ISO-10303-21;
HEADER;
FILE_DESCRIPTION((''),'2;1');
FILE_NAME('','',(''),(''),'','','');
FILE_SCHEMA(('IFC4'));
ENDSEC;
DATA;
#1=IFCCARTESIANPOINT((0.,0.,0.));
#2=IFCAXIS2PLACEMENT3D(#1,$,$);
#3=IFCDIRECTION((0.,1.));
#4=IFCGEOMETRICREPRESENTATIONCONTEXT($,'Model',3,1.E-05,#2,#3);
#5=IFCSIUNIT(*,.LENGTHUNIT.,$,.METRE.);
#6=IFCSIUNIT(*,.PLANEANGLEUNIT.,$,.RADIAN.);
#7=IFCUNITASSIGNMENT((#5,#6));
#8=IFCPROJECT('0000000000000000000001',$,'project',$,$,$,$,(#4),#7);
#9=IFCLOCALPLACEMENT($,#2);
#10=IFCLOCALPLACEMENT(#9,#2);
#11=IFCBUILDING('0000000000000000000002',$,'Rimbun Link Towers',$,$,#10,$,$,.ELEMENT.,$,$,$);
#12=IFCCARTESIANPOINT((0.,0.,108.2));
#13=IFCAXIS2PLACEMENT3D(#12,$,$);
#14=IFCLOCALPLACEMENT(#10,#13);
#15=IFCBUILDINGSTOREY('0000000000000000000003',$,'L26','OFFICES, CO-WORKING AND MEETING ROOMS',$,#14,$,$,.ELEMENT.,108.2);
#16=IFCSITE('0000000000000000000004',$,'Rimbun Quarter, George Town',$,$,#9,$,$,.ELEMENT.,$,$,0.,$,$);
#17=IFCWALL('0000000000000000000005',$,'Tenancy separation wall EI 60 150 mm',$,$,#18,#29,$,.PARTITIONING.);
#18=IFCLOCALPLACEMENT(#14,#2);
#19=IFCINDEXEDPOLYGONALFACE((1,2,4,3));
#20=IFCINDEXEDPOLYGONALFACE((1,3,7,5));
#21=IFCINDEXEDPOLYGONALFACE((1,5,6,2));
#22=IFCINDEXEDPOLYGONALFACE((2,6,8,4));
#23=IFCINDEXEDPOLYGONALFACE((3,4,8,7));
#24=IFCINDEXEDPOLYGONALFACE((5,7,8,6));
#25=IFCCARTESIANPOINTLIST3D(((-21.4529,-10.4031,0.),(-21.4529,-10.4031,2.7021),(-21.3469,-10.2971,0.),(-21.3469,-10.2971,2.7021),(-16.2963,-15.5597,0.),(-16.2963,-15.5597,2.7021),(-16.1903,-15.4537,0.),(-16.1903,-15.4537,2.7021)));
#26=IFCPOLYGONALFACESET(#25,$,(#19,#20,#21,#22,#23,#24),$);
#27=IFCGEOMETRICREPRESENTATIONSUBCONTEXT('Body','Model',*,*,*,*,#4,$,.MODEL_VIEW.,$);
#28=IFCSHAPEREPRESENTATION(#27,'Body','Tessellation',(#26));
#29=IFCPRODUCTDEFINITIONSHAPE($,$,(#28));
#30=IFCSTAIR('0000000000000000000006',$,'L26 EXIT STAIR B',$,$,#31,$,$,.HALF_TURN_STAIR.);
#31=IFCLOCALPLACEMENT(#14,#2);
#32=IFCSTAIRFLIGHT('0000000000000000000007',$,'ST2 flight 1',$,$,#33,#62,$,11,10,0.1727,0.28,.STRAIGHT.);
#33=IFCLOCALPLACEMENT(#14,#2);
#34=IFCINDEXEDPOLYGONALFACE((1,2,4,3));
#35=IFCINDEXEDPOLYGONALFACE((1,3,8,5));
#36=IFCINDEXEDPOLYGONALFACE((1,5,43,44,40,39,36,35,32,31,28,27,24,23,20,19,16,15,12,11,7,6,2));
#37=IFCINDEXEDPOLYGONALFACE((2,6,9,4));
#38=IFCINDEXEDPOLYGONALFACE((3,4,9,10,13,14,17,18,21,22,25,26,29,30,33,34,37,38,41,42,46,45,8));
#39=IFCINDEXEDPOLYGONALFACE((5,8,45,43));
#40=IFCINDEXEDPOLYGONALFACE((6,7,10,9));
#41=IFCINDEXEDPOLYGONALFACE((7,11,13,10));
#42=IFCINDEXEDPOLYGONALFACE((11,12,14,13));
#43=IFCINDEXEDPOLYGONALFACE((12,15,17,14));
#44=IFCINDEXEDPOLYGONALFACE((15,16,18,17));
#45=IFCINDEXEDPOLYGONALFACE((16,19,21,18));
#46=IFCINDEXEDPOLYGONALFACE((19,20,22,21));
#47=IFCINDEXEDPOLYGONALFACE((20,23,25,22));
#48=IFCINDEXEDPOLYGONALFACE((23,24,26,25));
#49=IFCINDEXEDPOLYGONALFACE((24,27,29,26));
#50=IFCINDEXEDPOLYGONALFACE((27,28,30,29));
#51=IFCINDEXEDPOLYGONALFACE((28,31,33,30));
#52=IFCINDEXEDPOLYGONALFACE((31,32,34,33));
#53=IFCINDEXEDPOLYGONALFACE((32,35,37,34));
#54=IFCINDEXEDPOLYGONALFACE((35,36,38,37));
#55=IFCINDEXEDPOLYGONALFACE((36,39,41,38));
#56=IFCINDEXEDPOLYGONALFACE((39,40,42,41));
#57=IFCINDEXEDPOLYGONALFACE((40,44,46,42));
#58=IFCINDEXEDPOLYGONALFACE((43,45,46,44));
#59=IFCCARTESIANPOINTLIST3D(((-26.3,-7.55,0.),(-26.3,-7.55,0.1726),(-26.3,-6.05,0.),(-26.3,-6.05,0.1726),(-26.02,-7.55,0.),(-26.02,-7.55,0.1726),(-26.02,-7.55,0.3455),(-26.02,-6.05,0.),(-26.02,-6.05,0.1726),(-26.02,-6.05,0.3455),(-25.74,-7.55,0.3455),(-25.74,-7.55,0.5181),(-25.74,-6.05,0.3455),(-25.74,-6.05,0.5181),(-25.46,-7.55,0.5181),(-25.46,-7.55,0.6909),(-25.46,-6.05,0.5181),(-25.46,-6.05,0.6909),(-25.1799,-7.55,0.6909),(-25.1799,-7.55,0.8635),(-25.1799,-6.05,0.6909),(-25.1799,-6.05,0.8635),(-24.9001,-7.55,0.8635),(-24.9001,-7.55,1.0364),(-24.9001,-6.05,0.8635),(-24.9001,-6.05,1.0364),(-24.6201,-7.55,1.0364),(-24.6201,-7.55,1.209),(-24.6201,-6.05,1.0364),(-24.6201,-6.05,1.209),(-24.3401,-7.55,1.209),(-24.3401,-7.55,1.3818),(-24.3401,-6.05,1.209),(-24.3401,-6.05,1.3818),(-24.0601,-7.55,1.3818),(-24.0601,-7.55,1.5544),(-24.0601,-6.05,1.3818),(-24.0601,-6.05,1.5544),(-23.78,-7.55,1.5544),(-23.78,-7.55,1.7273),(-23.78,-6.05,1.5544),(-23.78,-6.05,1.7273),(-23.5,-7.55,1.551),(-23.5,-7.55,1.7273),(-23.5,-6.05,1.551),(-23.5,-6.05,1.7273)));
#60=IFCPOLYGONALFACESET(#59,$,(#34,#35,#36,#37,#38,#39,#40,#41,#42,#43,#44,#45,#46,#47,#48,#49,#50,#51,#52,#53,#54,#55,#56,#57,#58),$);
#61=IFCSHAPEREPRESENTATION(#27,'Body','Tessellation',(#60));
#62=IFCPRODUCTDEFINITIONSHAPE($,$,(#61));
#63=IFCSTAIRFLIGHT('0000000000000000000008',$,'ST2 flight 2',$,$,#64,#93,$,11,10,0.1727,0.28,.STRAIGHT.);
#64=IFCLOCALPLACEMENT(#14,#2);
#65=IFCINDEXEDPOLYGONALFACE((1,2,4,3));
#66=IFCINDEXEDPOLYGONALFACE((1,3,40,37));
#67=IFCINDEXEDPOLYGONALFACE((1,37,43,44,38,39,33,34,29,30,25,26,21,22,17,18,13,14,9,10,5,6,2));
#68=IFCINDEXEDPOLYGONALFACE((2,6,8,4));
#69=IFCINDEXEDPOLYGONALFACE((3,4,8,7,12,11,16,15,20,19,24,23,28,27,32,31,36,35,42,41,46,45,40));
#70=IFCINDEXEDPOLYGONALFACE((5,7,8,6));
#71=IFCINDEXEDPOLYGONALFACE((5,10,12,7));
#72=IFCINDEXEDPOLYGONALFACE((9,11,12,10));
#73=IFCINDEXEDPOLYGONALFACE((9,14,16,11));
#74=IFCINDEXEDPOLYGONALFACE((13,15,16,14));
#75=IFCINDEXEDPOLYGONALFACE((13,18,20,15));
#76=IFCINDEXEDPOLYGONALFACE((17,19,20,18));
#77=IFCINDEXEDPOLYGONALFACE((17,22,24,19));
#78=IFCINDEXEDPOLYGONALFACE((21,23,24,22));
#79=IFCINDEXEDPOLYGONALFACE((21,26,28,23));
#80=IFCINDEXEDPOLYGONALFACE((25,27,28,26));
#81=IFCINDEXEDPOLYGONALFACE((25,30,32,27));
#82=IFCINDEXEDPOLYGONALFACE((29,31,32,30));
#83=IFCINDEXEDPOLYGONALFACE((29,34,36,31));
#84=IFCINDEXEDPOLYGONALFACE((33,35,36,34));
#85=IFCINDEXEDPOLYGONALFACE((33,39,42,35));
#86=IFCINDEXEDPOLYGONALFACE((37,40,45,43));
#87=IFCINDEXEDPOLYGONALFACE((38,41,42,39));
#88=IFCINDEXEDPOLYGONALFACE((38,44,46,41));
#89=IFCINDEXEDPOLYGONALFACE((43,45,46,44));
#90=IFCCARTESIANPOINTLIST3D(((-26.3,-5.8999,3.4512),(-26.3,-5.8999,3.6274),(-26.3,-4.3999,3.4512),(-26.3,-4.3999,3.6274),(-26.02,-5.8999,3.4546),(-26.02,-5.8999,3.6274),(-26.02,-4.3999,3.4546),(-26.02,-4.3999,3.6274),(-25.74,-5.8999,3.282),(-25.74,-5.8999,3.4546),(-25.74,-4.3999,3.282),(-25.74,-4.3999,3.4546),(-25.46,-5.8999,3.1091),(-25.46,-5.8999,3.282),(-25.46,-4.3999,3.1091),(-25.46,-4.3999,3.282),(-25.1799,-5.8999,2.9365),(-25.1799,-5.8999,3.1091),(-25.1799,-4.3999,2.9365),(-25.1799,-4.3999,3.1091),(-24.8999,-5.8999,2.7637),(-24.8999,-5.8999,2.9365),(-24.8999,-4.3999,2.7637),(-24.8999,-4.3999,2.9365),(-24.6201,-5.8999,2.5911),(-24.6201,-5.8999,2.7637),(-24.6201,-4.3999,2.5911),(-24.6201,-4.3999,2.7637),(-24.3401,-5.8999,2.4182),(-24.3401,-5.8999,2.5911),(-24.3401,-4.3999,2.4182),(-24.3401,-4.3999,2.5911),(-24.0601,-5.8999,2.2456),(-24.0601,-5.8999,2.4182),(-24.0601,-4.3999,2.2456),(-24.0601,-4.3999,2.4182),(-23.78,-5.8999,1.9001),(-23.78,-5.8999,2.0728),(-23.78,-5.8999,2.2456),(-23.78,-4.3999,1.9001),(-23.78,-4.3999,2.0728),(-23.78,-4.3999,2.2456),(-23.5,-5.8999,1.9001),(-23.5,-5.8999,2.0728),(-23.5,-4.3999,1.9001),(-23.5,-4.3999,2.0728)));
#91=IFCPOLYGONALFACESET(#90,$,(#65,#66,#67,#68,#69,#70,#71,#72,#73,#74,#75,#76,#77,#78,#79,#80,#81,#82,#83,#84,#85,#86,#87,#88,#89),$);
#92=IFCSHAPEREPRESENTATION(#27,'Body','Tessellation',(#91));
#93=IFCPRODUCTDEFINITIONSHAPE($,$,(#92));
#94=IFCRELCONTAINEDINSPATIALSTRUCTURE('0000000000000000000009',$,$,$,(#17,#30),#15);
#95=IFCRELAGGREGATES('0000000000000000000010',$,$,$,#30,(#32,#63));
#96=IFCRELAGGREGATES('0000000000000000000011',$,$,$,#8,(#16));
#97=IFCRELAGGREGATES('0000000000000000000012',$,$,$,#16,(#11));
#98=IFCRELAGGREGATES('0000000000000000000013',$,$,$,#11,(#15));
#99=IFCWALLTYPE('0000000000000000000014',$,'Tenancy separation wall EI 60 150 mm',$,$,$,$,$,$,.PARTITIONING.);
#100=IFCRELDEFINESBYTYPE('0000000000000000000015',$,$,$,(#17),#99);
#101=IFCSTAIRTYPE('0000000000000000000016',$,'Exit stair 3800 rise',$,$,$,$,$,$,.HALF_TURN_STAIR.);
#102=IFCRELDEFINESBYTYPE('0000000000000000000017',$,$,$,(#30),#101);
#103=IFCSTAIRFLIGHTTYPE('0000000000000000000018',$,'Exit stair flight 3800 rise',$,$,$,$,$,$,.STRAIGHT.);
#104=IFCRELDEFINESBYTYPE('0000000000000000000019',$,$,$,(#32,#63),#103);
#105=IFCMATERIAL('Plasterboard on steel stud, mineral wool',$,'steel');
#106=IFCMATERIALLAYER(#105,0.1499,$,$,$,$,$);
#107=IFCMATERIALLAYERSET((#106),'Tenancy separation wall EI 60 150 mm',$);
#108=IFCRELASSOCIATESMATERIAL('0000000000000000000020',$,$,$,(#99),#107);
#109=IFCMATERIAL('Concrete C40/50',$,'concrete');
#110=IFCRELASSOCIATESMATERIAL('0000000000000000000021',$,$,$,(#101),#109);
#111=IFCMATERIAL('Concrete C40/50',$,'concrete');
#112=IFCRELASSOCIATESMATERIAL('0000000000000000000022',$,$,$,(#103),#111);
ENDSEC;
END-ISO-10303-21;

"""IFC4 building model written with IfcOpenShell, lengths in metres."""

from ifc_helpers import new_model, si_unit, direction, frame, frame_2d, origin, place, context, subcontext, project, spatial, polyline, rectangle, outline, extrude, material, layer, layer_set, type_object, element, aggregate, save


model = new_model("IFC4")

# Units and contexts
model_context = context("Model", 3, precision=1e-05, world=origin(), true_north=direction((0.0, 1.0)))
body_context = subcontext(model_context, "Body", "Model", "MODEL_VIEW")
ifc_project = project(units=[si_unit("LENGTHUNIT", "METRE"), si_unit("PLANEANGLEUNIT", "RADIAN")], contexts=[model_context])

# Site, building, storey
site_placement = place(None, origin())
site = spatial("IfcSite", under=ifc_project, at=site_placement, Name="Rimbun Quarter, George Town", CompositionType="ELEMENT", RefElevation=0.0)
building_placement = place(site_placement, origin())
building = spatial("IfcBuilding", under=site, at=building_placement, Name="Rimbun Link Towers", CompositionType="ELEMENT")
storey_placement = place(building_placement, frame((0.0, 0.0, 108.2)))
storey = spatial("IfcBuildingStorey", under=building, at=storey_placement, Name="L26", Description="OFFICES, CO-WORKING AND MEETING ROOMS", CompositionType="ELEMENT", Elevation=108.2)

# Wall
ifc_material_1 = material(Name="Plasterboard on steel stud, mineral wool", Category="steel")
ifc_layer_1 = layer(ifc_material_1, 0.1499)
ifc_layer_set_1 = layer_set([ifc_layer_1], Name="Tenancy separation wall EI 60 150 mm")
wall_type_1 = type_object("IfcWallType", Name="Tenancy separation wall EI 60 150 mm", PredefinedType="PARTITIONING", material=ifc_layer_set_1)
wall_1_placement = place(storey_placement, frame((-21.3999, -10.3501, 0.0), z_axis=(0.0, 0.0, 1.0), x_axis=(0.707107, -0.707107, 0.0)))
element("IfcWall", 1, at=wall_1_placement, inside=storey, type_object=wall_type_1, Name="Tenancy separation wall EI 60 150 mm", PredefinedType="PARTITIONING", context=body_context, shape_type="SweptSolid", body=[
    extrude(rectangle(XDim=7.2925, YDim=0.1499, at=frame_2d((3.6462, 0.0))), origin(), (0.0, 0.0, 1.0), 2.7021),
])

# Stair, stair flights
ifc_material_2 = material(Name="Concrete C40/50", Category="concrete")
stair_type = type_object("IfcStairType", Name="Exit stair 3800 rise", PredefinedType="HALF_TURN_STAIR", material=ifc_material_2)
stair_placement = place(storey_placement, origin())
stair = element("IfcStair", 2, at=stair_placement, inside=storey, type_object=stair_type, Name="L26 EXIT STAIR B", PredefinedType="HALF_TURN_STAIR")
ifc_material_3 = material(Name="Concrete C40/50", Category="concrete")
stair_flight_type = type_object("IfcStairFlightType", Name="Exit stair flight 3800 rise", PredefinedType="STRAIGHT", material=ifc_material_3)
stair_flight_1_placement = place(storey_placement, frame((-26.3, -6.8, 0.0), z_axis=(0.0, 0.0, 1.0), x_axis=(1.0, 0.0, 0.0)))
stair_flight_1 = element("IfcStairFlight", 3, at=stair_flight_1_placement, type_object=stair_flight_type, Name="ST2 flight 1", NumberOfRisers=11, NumberOfTreads=10, PredefinedType="STRAIGHT", RiserHeight=0.1727, TreadLength=0.28, context=body_context, shape_type="SweptSolid", body=[
    extrude(outline(polyline([(0.0, 0.0), (0.0, 0.1726), (0.28, 0.1726), (0.28, 0.3455), (0.5601, 0.3455), (0.5601, 0.5181), (0.8401, 0.5181), (0.8401, 0.6909), (1.1201, 0.6909), (1.1201, 0.8635), (1.3999, 0.8635), (1.3999, 1.0364), (1.6799, 1.0364), (1.6799, 1.209), (1.96, 1.209), (1.96, 1.3818), (2.24, 1.3818), (2.24, 1.5544), (2.52, 1.5544), (2.52, 1.7273), (2.8, 1.7273), (2.8, 1.8999), (2.8, 1.551), (0.28, 0.0), (0.0, 0.0)])), frame((0.0, 0.75, 0.0), z_axis=(0.0, -1.0, 0.0), x_axis=(1.0, 0.0, 0.0)), (0.0, 0.0, 1.0), 1.5),
])
stair_flight_2_placement = place(storey_placement, frame((-23.5, -5.1499, 1.9001), z_axis=(0.0, 0.0, 1.0), x_axis=(-1.0, 0.0, 0.0)))
stair_flight_2 = element("IfcStairFlight", 4, at=stair_flight_2_placement, type_object=stair_flight_type, Name="ST2 flight 2", NumberOfRisers=11, NumberOfTreads=10, PredefinedType="STRAIGHT", RiserHeight=0.1727, TreadLength=0.28, context=body_context, shape_type="SweptSolid", body=[
    extrude(outline(polyline([(0.0, 0.0), (0.0, 0.1726), (0.28, 0.1726), (0.28, 0.3455), (0.5601, 0.3455), (0.5601, 0.5181), (0.8401, 0.5181), (0.8401, 0.6909), (1.1201, 0.6909), (1.1201, 0.8635), (1.3999, 0.8635), (1.3999, 1.0364), (1.6799, 1.0364), (1.6799, 1.209), (1.96, 1.209), (1.96, 1.3818), (2.24, 1.3818), (2.24, 1.5544), (2.52, 1.5544), (2.52, 1.7273), (2.8, 1.7273), (2.8, 1.8999), (2.8, 1.551), (0.28, 0.0), (0.0, 0.0)])), frame((0.0, 0.75, 0.0), z_axis=(0.0, -1.0, 0.0), x_axis=(1.0, 0.0, 0.0)), (0.0, 0.0, 1.0), 1.5),
])
aggregate(stair, [stair_flight_1, stair_flight_2])

save(model, "model.ifc")
